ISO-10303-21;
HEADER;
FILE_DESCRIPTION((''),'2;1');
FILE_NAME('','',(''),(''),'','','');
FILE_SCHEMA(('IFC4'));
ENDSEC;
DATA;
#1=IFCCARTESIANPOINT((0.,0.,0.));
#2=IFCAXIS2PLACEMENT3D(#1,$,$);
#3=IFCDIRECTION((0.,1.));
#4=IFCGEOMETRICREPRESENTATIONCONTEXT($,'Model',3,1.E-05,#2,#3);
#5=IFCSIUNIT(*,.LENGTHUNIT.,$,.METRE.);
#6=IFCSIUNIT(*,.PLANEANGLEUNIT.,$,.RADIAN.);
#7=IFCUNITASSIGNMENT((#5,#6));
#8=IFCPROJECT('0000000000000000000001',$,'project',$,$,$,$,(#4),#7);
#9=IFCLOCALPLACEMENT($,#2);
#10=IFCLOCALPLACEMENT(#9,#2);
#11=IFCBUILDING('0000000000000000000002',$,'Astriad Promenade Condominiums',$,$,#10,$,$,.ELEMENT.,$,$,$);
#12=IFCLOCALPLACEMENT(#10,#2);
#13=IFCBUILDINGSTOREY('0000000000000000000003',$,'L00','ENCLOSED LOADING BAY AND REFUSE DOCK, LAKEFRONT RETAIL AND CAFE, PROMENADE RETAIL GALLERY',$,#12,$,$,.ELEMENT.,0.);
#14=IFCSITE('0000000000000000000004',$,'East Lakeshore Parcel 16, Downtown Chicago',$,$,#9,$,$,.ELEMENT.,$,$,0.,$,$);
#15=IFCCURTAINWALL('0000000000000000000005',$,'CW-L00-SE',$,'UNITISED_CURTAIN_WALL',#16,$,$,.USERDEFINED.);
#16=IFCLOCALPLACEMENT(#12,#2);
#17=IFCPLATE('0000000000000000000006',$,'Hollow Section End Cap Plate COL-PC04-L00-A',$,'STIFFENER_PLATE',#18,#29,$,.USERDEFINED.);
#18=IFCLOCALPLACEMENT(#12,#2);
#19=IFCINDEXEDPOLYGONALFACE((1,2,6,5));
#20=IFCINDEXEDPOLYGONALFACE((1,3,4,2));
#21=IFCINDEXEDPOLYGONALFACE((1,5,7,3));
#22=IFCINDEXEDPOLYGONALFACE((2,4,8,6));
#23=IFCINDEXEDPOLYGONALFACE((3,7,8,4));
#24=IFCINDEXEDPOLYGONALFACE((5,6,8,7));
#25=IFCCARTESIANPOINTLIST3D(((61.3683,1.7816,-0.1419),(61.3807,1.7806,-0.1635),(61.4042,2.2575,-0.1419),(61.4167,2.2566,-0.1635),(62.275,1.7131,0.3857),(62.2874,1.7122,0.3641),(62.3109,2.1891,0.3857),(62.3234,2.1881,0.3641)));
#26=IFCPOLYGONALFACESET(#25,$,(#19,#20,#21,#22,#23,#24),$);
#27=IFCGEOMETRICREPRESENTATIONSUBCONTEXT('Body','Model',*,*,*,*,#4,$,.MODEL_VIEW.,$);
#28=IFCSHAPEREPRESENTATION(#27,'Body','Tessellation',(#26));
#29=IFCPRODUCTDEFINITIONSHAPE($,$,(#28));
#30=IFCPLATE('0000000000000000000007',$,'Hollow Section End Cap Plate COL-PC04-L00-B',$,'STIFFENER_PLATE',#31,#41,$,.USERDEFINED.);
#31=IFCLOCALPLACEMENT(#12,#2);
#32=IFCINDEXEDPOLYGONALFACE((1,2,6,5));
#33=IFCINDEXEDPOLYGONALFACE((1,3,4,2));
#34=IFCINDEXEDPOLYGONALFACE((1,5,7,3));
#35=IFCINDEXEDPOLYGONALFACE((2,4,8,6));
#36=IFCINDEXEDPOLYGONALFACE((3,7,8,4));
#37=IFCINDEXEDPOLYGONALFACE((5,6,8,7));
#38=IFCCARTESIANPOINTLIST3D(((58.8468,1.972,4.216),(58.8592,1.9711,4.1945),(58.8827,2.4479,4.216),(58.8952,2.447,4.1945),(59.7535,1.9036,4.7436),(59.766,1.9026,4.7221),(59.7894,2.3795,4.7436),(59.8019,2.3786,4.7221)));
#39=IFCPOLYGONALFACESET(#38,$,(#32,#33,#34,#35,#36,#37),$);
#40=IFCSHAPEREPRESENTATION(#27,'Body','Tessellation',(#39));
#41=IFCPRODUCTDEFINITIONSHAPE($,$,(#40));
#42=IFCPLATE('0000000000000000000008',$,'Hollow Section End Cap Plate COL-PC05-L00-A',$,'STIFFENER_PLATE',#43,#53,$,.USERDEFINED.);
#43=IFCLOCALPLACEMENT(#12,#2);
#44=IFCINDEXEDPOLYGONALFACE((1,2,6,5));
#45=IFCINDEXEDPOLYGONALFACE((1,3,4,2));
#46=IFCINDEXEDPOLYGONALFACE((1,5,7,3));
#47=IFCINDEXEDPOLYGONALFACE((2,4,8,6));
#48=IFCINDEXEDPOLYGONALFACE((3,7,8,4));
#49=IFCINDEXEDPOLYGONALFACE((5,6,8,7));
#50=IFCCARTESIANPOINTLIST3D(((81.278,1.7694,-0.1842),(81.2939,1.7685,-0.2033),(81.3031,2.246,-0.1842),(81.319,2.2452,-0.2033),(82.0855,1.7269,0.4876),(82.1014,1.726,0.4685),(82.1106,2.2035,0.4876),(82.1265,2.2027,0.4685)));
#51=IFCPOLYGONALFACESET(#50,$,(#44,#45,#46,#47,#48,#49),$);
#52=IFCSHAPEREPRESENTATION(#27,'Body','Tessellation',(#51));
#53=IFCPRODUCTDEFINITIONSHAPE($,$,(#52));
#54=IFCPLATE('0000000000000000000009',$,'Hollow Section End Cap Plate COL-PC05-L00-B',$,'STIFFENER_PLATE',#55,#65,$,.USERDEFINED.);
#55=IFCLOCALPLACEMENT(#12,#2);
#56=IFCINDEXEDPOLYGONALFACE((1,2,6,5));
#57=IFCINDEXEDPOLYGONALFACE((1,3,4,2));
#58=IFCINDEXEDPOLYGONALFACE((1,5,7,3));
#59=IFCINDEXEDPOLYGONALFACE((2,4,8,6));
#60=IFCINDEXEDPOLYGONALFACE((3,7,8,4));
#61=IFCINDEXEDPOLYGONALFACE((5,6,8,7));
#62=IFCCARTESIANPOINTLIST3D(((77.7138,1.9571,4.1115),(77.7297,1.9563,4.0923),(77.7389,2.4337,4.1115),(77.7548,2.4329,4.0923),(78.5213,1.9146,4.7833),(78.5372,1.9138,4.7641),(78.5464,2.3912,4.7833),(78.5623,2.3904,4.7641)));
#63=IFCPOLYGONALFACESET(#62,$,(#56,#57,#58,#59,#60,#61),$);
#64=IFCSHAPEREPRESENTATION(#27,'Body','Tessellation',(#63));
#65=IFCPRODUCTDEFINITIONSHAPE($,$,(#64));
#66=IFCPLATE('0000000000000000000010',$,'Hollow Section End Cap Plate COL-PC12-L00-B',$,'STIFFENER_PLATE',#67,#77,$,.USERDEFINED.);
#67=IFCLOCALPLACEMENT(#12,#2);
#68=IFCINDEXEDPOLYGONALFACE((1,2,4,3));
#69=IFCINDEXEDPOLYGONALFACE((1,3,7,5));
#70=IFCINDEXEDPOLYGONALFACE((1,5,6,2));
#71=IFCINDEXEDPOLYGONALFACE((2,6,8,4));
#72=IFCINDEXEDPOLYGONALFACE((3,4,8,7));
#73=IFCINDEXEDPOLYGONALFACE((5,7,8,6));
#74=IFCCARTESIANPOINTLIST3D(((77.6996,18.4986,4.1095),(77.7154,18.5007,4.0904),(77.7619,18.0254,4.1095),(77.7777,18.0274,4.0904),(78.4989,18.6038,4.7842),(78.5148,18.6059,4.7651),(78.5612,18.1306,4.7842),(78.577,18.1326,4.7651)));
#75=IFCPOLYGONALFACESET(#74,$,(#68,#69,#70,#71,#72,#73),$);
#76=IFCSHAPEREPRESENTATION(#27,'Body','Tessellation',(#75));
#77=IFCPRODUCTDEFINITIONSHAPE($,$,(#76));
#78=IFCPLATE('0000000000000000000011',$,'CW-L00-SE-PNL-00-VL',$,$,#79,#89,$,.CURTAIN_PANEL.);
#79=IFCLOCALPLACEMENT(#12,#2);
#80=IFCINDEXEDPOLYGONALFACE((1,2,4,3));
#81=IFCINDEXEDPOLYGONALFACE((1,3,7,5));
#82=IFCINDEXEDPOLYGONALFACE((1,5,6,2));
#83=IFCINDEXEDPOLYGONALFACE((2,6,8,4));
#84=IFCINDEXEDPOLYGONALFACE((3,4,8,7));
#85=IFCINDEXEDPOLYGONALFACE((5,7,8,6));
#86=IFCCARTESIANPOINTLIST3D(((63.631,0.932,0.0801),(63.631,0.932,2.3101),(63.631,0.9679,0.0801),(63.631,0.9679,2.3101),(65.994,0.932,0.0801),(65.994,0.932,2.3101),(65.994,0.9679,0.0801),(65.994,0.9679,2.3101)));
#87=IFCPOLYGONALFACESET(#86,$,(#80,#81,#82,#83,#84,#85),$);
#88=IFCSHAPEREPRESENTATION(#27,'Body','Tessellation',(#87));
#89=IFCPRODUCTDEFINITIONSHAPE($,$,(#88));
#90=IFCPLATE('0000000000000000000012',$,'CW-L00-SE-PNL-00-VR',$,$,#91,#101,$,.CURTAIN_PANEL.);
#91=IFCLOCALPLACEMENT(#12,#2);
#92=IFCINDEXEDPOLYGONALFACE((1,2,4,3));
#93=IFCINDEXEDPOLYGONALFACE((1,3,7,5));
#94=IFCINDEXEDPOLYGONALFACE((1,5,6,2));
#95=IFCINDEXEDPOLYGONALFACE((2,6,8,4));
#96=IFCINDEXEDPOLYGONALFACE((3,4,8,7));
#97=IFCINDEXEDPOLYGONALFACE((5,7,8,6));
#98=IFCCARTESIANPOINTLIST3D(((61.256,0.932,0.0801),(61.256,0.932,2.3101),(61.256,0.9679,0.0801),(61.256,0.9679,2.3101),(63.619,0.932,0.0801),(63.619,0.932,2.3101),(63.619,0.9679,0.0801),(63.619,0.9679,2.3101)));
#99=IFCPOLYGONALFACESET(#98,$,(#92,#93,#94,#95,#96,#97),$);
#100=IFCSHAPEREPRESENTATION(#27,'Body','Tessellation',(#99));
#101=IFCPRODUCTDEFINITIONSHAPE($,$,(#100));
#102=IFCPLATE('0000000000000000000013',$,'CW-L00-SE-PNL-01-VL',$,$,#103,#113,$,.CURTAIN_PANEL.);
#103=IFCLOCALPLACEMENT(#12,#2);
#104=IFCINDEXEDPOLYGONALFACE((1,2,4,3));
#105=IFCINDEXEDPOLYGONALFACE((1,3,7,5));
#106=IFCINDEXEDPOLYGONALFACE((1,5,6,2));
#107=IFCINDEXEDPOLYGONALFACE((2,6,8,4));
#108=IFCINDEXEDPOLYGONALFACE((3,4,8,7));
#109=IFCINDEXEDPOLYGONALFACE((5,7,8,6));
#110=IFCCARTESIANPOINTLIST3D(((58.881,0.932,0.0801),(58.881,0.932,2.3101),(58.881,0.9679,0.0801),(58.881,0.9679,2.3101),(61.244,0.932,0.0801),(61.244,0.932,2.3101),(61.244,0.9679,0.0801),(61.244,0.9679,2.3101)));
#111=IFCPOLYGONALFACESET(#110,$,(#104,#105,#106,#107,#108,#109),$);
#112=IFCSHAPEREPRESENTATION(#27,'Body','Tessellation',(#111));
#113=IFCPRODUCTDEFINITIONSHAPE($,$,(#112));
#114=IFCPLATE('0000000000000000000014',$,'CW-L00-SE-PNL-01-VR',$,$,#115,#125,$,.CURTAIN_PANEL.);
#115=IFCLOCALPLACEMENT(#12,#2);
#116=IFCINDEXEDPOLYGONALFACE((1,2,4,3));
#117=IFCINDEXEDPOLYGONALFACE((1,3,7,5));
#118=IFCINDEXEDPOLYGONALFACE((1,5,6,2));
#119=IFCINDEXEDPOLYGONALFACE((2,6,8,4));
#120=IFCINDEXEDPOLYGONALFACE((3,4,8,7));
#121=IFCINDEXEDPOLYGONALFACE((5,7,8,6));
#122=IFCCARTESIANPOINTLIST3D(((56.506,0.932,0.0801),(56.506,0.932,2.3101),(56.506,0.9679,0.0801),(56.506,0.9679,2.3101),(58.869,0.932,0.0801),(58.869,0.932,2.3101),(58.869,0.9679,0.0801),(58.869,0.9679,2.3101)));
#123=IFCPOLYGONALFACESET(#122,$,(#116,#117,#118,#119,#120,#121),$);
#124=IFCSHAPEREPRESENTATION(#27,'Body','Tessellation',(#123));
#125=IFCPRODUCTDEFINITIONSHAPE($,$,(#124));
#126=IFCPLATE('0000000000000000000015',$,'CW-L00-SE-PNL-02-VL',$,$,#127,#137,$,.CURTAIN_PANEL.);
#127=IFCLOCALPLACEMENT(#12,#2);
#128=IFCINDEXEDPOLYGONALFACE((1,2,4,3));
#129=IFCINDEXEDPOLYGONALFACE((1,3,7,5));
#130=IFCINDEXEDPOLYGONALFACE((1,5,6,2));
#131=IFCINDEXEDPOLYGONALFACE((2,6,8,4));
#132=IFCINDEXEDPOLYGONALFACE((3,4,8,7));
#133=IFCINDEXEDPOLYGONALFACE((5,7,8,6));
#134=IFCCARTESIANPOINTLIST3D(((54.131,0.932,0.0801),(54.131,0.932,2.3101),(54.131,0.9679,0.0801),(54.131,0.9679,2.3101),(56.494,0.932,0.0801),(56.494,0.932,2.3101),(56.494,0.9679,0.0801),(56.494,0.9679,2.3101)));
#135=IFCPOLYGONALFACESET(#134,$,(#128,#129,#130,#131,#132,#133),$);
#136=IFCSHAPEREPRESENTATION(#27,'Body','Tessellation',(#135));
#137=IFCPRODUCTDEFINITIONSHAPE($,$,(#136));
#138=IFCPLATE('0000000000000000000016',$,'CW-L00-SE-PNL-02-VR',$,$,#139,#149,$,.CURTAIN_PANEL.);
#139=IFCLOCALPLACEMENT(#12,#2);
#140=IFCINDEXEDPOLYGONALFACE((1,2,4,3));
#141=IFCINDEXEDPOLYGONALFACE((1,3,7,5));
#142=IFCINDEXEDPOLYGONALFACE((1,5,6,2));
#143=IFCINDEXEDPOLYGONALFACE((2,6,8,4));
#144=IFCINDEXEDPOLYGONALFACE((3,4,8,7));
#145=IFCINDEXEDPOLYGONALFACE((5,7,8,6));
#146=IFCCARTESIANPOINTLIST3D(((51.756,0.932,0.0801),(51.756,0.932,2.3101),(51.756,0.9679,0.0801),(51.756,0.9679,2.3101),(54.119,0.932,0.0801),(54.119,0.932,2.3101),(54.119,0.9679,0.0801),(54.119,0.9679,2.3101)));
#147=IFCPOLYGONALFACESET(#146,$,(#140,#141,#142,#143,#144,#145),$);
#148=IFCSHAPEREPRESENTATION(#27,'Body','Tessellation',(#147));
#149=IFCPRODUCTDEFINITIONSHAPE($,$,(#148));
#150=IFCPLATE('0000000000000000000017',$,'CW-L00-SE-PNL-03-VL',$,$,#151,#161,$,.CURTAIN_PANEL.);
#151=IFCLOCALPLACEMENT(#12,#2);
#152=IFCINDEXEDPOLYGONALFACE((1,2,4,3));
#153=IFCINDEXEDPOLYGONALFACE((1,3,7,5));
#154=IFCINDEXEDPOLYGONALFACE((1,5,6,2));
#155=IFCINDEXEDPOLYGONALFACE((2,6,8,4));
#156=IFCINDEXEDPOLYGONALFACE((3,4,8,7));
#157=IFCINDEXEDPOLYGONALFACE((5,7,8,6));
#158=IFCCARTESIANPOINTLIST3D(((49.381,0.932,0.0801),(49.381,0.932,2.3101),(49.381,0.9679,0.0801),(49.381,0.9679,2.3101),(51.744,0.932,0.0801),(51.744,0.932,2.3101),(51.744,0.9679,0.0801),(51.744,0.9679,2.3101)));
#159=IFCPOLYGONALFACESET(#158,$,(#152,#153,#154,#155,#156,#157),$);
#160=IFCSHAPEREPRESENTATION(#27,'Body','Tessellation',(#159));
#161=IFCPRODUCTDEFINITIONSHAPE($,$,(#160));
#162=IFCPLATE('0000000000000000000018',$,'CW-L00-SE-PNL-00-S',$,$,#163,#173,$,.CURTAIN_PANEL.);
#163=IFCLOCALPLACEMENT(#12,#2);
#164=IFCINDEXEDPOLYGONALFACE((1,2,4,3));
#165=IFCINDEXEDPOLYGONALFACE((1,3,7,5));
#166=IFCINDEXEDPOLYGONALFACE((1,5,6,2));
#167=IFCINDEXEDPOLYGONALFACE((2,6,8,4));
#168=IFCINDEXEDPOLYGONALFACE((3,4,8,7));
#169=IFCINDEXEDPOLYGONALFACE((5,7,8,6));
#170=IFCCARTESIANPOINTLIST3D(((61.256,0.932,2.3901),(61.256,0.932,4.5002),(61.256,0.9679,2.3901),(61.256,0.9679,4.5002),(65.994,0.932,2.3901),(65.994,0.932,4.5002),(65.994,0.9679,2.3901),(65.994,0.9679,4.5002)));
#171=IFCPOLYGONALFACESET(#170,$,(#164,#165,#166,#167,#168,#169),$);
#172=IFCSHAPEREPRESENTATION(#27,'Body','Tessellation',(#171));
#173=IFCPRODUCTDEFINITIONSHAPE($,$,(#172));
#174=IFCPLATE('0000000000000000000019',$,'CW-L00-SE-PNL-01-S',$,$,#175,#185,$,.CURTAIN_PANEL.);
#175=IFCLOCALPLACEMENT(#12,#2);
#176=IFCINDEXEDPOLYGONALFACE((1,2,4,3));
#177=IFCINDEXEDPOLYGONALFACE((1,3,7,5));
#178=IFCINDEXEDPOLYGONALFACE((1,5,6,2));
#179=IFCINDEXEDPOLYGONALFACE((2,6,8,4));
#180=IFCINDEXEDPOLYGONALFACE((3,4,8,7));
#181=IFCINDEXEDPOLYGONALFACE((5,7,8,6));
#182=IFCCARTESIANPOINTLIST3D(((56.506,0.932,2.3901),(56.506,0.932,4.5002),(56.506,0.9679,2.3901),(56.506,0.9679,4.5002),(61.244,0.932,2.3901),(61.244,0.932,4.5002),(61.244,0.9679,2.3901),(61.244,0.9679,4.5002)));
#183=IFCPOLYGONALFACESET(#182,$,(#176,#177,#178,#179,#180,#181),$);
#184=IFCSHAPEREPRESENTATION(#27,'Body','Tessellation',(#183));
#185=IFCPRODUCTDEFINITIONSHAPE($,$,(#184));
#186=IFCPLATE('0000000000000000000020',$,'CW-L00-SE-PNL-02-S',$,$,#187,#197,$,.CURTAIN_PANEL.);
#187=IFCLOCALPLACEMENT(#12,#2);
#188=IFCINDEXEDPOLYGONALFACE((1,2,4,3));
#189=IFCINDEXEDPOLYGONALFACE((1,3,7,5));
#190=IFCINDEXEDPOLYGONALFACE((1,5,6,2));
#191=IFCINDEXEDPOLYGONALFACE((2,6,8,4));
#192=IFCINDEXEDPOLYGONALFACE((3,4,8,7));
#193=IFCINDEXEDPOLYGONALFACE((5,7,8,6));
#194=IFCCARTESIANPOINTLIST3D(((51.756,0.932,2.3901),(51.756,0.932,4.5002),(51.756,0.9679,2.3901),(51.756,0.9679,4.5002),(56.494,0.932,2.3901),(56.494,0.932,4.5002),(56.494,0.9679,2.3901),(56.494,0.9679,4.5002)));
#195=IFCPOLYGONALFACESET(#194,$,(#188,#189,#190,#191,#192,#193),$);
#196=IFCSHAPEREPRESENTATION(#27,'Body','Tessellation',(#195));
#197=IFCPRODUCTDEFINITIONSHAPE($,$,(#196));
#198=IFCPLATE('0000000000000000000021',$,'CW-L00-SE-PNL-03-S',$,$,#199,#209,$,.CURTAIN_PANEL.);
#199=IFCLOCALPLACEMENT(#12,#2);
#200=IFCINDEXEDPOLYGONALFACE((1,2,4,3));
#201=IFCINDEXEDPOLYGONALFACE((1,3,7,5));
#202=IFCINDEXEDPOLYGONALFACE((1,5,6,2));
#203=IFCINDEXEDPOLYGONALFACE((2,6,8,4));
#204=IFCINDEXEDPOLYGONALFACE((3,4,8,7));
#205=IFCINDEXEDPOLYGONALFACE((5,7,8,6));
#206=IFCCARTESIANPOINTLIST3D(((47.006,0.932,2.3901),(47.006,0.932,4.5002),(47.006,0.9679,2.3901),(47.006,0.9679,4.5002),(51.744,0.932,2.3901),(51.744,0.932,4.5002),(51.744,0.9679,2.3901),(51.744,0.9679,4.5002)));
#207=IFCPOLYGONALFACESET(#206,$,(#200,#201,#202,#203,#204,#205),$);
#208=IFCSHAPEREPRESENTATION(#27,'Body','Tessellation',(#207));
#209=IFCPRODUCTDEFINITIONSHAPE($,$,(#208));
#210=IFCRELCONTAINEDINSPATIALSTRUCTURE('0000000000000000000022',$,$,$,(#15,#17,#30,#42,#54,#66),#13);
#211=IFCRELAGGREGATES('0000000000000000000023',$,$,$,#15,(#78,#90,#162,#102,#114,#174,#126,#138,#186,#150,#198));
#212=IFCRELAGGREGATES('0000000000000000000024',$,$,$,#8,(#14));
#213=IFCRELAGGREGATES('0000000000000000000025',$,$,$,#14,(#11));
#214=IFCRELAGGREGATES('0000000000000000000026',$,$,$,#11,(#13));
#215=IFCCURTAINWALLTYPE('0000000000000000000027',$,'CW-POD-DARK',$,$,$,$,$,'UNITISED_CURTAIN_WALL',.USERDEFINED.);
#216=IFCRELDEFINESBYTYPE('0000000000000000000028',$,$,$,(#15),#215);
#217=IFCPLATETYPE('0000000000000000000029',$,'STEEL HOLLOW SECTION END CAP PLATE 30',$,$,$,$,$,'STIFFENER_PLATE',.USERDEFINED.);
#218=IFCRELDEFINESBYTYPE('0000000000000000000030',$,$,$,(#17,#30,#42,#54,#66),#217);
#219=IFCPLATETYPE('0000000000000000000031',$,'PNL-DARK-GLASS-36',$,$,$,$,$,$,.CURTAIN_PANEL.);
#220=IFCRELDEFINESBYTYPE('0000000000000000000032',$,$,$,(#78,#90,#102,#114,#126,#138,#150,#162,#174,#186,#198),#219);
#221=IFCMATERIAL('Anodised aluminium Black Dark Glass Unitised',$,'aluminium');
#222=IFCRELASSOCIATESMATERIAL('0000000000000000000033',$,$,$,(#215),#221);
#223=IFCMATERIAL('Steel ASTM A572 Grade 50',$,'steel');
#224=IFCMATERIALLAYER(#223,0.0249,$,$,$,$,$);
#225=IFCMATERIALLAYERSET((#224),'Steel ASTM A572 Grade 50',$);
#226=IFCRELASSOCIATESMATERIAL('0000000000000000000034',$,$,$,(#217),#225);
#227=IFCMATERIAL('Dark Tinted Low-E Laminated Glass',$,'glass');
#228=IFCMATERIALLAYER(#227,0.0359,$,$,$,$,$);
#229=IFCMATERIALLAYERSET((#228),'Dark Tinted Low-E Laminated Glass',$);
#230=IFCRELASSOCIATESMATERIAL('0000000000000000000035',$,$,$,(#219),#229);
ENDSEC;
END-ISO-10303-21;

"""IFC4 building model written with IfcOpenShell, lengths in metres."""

from ifc_helpers import new_model, si_unit, direction, frame, origin, origin_2d, place, context, subcontext, project, spatial, rectangle, extrude, source, transform, mapped, material, layer, layer_set, type_object, type_shapes, element, aggregate, save


model = new_model("IFC4")

# Units and contexts
model_context = context("Model", 3, precision=1e-05, world=origin(), true_north=direction((0.0, 1.0)))
body_context = subcontext(model_context, "Body", "Model", "MODEL_VIEW")
ifc_project = project(units=[si_unit("LENGTHUNIT", "METRE"), si_unit("PLANEANGLEUNIT", "RADIAN")], contexts=[model_context])

# Site, building, storey
site_placement = place(None, origin())
site = spatial("IfcSite", under=ifc_project, at=site_placement, Name="East Lakeshore Parcel 16, Downtown Chicago", CompositionType="ELEMENT", RefElevation=0.0)
building_placement = place(site_placement, origin())
building = spatial("IfcBuilding", under=site, at=building_placement, Name="Astriad Promenade Condominiums", CompositionType="ELEMENT")
storey_placement = place(building_placement, origin())
storey = spatial("IfcBuildingStorey", under=building, at=storey_placement, Name="L00", Description="ENCLOSED LOADING BAY AND REFUSE DOCK, LAKEFRONT RETAIL AND CAFE, PROMENADE RETAIL GALLERY", CompositionType="ELEMENT", Elevation=0.0)

# Curtain wall
ifc_material_1 = material(Name="Anodised aluminium Black Dark Glass Unitised", Category="aluminium")
curtain_wall_type = type_object("IfcCurtainWallType", Name="CW-POD-DARK", ElementType="UNITISED_CURTAIN_WALL", PredefinedType="USERDEFINED", material=ifc_material_1)
curtain_wall_placement = place(storey_placement, origin())
curtain_wall = element("IfcCurtainWall", 1, at=curtain_wall_placement, inside=storey, type_object=curtain_wall_type, Name="CW-L00-SE", ObjectType="UNITISED_CURTAIN_WALL", PredefinedType="USERDEFINED")

# Plates
ifc_material_2 = material(Name="Steel ASTM A572 Grade 50", Category="steel")
ifc_layer_1 = layer(ifc_material_2, 0.0249)
ifc_layer_set_1 = layer_set([ifc_layer_1], Name="Steel ASTM A572 Grade 50")
plate_type_1 = type_object("IfcPlateType", Name="STEEL HOLLOW SECTION END CAP PLATE 30", ElementType="STIFFENER_PLATE", PredefinedType="USERDEFINED", material=ifc_layer_set_1)
shared_shape_1 = source(origin(), body_context, "Body", "SweptSolid", [
    extrude(rectangle(XDim=0.4773, YDim=1.0513, at=origin_2d()), origin(), (0.0, 0.0, 1.0), 0.0249),
])
type_shapes(plate_type_1, [shared_shape_1])
for number, where, z_axis, x_axis, name in (
    (2, (61.8521, 1.9844, 0.1003), (-0.500447, 0.037778, 0.864942), (-0.075274, -0.997163, 0.0), "Hollow Section End Cap Plate COL-PC04-L00-A"),
    (3, (59.3306, 2.1748, 4.4583), (-0.500447, 0.037778, 0.864942), (-0.075274, -0.997163, 0.0), "Hollow Section End Cap Plate COL-PC04-L00-B"),
    (4, (81.7102, 1.9856, 0.1326), (-0.63818, 0.033598, 0.769154), (-0.052574, -0.998617, 0.0), "Hollow Section End Cap Plate COL-PC05-L00-A"),
    (5, (78.146, 2.1733, 4.4282), (-0.63818, 0.033598, 0.769154), (-0.052574, -0.998617, 0.0), "Hollow Section End Cap Plate COL-PC05-L00-B"),
    (6, (78.1462, 18.3167, 4.4277), (-0.636297, -0.083735, 0.766886), (0.130472, -0.991452, 0.0), "Hollow Section End Cap Plate COL-PC12-L00-B"),
):
    element("IfcPlate", number, at=place(storey_placement, frame(where, z_axis=z_axis, x_axis=x_axis)), inside=storey, type_object=plate_type_1, Name=name, ObjectType="STIFFENER_PLATE", PredefinedType="USERDEFINED", context=body_context, shape_type="MappedRepresentation", body=[
        mapped(shared_shape_1, transform((0.0, 0.0, 0.0), scale=1.0)),
    ])

# Plates
ifc_material_3 = material(Name="Dark Tinted Low-E Laminated Glass", Category="glass")
ifc_layer_2 = layer(ifc_material_3, 0.0359)
ifc_layer_set_2 = layer_set([ifc_layer_2], Name="Dark Tinted Low-E Laminated Glass")
plate_type_2 = type_object("IfcPlateType", Name="PNL-DARK-GLASS-36", PredefinedType="CURTAIN_PANEL", material=ifc_layer_set_2)
shared_shape_2 = source(origin(), body_context, "Body", "SweptSolid", [
    extrude(rectangle(XDim=2.363, YDim=0.0359, at=origin_2d()), origin(), (0.0, 0.0, 1.0), 2.23),
])
plate_1_placement = place(storey_placement, frame((64.8125, 0.95, 0.0801), z_axis=(0.0, 0.0, 1.0), x_axis=(-1.0, 0.0, 0.0)))
plate_1 = element("IfcPlate", 7, at=plate_1_placement, type_object=plate_type_2, Name="CW-L00-SE-PNL-00-VL", PredefinedType="CURTAIN_PANEL", context=body_context, shape_type="MappedRepresentation", body=[
    mapped(shared_shape_2, transform((0.0, 0.0, 0.0), scale=1.0)),
])
plate_2_placement = place(storey_placement, frame((62.4375, 0.95, 0.0801), z_axis=(0.0, 0.0, 1.0), x_axis=(-1.0, 0.0, 0.0)))
plate_2 = element("IfcPlate", 8, at=plate_2_placement, type_object=plate_type_2, Name="CW-L00-SE-PNL-00-VR", PredefinedType="CURTAIN_PANEL", context=body_context, shape_type="MappedRepresentation", body=[
    mapped(shared_shape_2, transform((0.0, 0.0, 0.0), scale=1.0)),
])
plate_3_placement = place(storey_placement, frame((60.0625, 0.95, 0.0801), z_axis=(0.0, 0.0, 1.0), x_axis=(-1.0, 0.0, 0.0)))
plate_3 = element("IfcPlate", 9, at=plate_3_placement, type_object=plate_type_2, Name="CW-L00-SE-PNL-01-VL", PredefinedType="CURTAIN_PANEL", context=body_context, shape_type="MappedRepresentation", body=[
    mapped(shared_shape_2, transform((0.0, 0.0, 0.0), scale=1.0)),
])
plate_4_placement = place(storey_placement, frame((57.6875, 0.95, 0.0801), z_axis=(0.0, 0.0, 1.0), x_axis=(-1.0, 0.0, 0.0)))
plate_4 = element("IfcPlate", 10, at=plate_4_placement, type_object=plate_type_2, Name="CW-L00-SE-PNL-01-VR", PredefinedType="CURTAIN_PANEL", context=body_context, shape_type="MappedRepresentation", body=[
    mapped(shared_shape_2, transform((0.0, 0.0, 0.0), scale=1.0)),
])
plate_5_placement = place(storey_placement, frame((55.3125, 0.95, 0.0801), z_axis=(0.0, 0.0, 1.0), x_axis=(-1.0, 0.0, 0.0)))
plate_5 = element("IfcPlate", 11, at=plate_5_placement, type_object=plate_type_2, Name="CW-L00-SE-PNL-02-VL", PredefinedType="CURTAIN_PANEL", context=body_context, shape_type="MappedRepresentation", body=[
    mapped(shared_shape_2, transform((0.0, 0.0, 0.0), scale=1.0)),
])
plate_6_placement = place(storey_placement, frame((52.9375, 0.95, 0.0801), z_axis=(0.0, 0.0, 1.0), x_axis=(-1.0, 0.0, 0.0)))
plate_6 = element("IfcPlate", 12, at=plate_6_placement, type_object=plate_type_2, Name="CW-L00-SE-PNL-02-VR", PredefinedType="CURTAIN_PANEL", context=body_context, shape_type="MappedRepresentation", body=[
    mapped(shared_shape_2, transform((0.0, 0.0, 0.0), scale=1.0)),
])
plate_7_placement = place(storey_placement, frame((50.5625, 0.95, 0.0801), z_axis=(0.0, 0.0, 1.0), x_axis=(-1.0, 0.0, 0.0)))
plate_7 = element("IfcPlate", 13, at=plate_7_placement, type_object=plate_type_2, Name="CW-L00-SE-PNL-03-VL", PredefinedType="CURTAIN_PANEL", context=body_context, shape_type="MappedRepresentation", body=[
    mapped(shared_shape_2, transform((0.0, 0.0, 0.0), scale=1.0)),
])
shared_shape_3 = source(origin(), body_context, "Body", "SweptSolid", [
    extrude(rectangle(XDim=4.738, YDim=0.0359, at=origin_2d()), origin(), (0.0, 0.0, 1.0), 2.1101),
])
type_shapes(plate_type_2, [shared_shape_2, shared_shape_3])
plate_8_placement = place(storey_placement, frame((63.625, 0.95, 2.3901), z_axis=(0.0, 0.0, 1.0), x_axis=(-1.0, 0.0, 0.0)))
plate_8 = element("IfcPlate", 14, at=plate_8_placement, type_object=plate_type_2, Name="CW-L00-SE-PNL-00-S", PredefinedType="CURTAIN_PANEL", context=body_context, shape_type="MappedRepresentation", body=[
    mapped(shared_shape_3, transform((0.0, 0.0, 0.0), scale=1.0)),
])
plate_9_placement = place(storey_placement, frame((58.875, 0.95, 2.3901), z_axis=(0.0, 0.0, 1.0), x_axis=(-1.0, 0.0, 0.0)))
plate_9 = element("IfcPlate", 15, at=plate_9_placement, type_object=plate_type_2, Name="CW-L00-SE-PNL-01-S", PredefinedType="CURTAIN_PANEL", context=body_context, shape_type="MappedRepresentation", body=[
    mapped(shared_shape_3, transform((0.0, 0.0, 0.0), scale=1.0)),
])
plate_10_placement = place(storey_placement, frame((54.125, 0.95, 2.3901), z_axis=(0.0, 0.0, 1.0), x_axis=(-1.0, 0.0, 0.0)))
plate_10 = element("IfcPlate", 16, at=plate_10_placement, type_object=plate_type_2, Name="CW-L00-SE-PNL-02-S", PredefinedType="CURTAIN_PANEL", context=body_context, shape_type="MappedRepresentation", body=[
    mapped(shared_shape_3, transform((0.0, 0.0, 0.0), scale=1.0)),
])
plate_11_placement = place(storey_placement, frame((49.375, 0.95, 2.3901), z_axis=(0.0, 0.0, 1.0), x_axis=(-1.0, 0.0, 0.0)))
plate_11 = element("IfcPlate", 17, at=plate_11_placement, type_object=plate_type_2, Name="CW-L00-SE-PNL-03-S", PredefinedType="CURTAIN_PANEL", context=body_context, shape_type="MappedRepresentation", body=[
    mapped(shared_shape_3, transform((0.0, 0.0, 0.0), scale=1.0)),
])
aggregate(curtain_wall, [plate_1, plate_2, plate_8, plate_3, plate_4, plate_9, plate_5, plate_6, plate_10, plate_7, plate_11])

save(model, "model.ifc")
